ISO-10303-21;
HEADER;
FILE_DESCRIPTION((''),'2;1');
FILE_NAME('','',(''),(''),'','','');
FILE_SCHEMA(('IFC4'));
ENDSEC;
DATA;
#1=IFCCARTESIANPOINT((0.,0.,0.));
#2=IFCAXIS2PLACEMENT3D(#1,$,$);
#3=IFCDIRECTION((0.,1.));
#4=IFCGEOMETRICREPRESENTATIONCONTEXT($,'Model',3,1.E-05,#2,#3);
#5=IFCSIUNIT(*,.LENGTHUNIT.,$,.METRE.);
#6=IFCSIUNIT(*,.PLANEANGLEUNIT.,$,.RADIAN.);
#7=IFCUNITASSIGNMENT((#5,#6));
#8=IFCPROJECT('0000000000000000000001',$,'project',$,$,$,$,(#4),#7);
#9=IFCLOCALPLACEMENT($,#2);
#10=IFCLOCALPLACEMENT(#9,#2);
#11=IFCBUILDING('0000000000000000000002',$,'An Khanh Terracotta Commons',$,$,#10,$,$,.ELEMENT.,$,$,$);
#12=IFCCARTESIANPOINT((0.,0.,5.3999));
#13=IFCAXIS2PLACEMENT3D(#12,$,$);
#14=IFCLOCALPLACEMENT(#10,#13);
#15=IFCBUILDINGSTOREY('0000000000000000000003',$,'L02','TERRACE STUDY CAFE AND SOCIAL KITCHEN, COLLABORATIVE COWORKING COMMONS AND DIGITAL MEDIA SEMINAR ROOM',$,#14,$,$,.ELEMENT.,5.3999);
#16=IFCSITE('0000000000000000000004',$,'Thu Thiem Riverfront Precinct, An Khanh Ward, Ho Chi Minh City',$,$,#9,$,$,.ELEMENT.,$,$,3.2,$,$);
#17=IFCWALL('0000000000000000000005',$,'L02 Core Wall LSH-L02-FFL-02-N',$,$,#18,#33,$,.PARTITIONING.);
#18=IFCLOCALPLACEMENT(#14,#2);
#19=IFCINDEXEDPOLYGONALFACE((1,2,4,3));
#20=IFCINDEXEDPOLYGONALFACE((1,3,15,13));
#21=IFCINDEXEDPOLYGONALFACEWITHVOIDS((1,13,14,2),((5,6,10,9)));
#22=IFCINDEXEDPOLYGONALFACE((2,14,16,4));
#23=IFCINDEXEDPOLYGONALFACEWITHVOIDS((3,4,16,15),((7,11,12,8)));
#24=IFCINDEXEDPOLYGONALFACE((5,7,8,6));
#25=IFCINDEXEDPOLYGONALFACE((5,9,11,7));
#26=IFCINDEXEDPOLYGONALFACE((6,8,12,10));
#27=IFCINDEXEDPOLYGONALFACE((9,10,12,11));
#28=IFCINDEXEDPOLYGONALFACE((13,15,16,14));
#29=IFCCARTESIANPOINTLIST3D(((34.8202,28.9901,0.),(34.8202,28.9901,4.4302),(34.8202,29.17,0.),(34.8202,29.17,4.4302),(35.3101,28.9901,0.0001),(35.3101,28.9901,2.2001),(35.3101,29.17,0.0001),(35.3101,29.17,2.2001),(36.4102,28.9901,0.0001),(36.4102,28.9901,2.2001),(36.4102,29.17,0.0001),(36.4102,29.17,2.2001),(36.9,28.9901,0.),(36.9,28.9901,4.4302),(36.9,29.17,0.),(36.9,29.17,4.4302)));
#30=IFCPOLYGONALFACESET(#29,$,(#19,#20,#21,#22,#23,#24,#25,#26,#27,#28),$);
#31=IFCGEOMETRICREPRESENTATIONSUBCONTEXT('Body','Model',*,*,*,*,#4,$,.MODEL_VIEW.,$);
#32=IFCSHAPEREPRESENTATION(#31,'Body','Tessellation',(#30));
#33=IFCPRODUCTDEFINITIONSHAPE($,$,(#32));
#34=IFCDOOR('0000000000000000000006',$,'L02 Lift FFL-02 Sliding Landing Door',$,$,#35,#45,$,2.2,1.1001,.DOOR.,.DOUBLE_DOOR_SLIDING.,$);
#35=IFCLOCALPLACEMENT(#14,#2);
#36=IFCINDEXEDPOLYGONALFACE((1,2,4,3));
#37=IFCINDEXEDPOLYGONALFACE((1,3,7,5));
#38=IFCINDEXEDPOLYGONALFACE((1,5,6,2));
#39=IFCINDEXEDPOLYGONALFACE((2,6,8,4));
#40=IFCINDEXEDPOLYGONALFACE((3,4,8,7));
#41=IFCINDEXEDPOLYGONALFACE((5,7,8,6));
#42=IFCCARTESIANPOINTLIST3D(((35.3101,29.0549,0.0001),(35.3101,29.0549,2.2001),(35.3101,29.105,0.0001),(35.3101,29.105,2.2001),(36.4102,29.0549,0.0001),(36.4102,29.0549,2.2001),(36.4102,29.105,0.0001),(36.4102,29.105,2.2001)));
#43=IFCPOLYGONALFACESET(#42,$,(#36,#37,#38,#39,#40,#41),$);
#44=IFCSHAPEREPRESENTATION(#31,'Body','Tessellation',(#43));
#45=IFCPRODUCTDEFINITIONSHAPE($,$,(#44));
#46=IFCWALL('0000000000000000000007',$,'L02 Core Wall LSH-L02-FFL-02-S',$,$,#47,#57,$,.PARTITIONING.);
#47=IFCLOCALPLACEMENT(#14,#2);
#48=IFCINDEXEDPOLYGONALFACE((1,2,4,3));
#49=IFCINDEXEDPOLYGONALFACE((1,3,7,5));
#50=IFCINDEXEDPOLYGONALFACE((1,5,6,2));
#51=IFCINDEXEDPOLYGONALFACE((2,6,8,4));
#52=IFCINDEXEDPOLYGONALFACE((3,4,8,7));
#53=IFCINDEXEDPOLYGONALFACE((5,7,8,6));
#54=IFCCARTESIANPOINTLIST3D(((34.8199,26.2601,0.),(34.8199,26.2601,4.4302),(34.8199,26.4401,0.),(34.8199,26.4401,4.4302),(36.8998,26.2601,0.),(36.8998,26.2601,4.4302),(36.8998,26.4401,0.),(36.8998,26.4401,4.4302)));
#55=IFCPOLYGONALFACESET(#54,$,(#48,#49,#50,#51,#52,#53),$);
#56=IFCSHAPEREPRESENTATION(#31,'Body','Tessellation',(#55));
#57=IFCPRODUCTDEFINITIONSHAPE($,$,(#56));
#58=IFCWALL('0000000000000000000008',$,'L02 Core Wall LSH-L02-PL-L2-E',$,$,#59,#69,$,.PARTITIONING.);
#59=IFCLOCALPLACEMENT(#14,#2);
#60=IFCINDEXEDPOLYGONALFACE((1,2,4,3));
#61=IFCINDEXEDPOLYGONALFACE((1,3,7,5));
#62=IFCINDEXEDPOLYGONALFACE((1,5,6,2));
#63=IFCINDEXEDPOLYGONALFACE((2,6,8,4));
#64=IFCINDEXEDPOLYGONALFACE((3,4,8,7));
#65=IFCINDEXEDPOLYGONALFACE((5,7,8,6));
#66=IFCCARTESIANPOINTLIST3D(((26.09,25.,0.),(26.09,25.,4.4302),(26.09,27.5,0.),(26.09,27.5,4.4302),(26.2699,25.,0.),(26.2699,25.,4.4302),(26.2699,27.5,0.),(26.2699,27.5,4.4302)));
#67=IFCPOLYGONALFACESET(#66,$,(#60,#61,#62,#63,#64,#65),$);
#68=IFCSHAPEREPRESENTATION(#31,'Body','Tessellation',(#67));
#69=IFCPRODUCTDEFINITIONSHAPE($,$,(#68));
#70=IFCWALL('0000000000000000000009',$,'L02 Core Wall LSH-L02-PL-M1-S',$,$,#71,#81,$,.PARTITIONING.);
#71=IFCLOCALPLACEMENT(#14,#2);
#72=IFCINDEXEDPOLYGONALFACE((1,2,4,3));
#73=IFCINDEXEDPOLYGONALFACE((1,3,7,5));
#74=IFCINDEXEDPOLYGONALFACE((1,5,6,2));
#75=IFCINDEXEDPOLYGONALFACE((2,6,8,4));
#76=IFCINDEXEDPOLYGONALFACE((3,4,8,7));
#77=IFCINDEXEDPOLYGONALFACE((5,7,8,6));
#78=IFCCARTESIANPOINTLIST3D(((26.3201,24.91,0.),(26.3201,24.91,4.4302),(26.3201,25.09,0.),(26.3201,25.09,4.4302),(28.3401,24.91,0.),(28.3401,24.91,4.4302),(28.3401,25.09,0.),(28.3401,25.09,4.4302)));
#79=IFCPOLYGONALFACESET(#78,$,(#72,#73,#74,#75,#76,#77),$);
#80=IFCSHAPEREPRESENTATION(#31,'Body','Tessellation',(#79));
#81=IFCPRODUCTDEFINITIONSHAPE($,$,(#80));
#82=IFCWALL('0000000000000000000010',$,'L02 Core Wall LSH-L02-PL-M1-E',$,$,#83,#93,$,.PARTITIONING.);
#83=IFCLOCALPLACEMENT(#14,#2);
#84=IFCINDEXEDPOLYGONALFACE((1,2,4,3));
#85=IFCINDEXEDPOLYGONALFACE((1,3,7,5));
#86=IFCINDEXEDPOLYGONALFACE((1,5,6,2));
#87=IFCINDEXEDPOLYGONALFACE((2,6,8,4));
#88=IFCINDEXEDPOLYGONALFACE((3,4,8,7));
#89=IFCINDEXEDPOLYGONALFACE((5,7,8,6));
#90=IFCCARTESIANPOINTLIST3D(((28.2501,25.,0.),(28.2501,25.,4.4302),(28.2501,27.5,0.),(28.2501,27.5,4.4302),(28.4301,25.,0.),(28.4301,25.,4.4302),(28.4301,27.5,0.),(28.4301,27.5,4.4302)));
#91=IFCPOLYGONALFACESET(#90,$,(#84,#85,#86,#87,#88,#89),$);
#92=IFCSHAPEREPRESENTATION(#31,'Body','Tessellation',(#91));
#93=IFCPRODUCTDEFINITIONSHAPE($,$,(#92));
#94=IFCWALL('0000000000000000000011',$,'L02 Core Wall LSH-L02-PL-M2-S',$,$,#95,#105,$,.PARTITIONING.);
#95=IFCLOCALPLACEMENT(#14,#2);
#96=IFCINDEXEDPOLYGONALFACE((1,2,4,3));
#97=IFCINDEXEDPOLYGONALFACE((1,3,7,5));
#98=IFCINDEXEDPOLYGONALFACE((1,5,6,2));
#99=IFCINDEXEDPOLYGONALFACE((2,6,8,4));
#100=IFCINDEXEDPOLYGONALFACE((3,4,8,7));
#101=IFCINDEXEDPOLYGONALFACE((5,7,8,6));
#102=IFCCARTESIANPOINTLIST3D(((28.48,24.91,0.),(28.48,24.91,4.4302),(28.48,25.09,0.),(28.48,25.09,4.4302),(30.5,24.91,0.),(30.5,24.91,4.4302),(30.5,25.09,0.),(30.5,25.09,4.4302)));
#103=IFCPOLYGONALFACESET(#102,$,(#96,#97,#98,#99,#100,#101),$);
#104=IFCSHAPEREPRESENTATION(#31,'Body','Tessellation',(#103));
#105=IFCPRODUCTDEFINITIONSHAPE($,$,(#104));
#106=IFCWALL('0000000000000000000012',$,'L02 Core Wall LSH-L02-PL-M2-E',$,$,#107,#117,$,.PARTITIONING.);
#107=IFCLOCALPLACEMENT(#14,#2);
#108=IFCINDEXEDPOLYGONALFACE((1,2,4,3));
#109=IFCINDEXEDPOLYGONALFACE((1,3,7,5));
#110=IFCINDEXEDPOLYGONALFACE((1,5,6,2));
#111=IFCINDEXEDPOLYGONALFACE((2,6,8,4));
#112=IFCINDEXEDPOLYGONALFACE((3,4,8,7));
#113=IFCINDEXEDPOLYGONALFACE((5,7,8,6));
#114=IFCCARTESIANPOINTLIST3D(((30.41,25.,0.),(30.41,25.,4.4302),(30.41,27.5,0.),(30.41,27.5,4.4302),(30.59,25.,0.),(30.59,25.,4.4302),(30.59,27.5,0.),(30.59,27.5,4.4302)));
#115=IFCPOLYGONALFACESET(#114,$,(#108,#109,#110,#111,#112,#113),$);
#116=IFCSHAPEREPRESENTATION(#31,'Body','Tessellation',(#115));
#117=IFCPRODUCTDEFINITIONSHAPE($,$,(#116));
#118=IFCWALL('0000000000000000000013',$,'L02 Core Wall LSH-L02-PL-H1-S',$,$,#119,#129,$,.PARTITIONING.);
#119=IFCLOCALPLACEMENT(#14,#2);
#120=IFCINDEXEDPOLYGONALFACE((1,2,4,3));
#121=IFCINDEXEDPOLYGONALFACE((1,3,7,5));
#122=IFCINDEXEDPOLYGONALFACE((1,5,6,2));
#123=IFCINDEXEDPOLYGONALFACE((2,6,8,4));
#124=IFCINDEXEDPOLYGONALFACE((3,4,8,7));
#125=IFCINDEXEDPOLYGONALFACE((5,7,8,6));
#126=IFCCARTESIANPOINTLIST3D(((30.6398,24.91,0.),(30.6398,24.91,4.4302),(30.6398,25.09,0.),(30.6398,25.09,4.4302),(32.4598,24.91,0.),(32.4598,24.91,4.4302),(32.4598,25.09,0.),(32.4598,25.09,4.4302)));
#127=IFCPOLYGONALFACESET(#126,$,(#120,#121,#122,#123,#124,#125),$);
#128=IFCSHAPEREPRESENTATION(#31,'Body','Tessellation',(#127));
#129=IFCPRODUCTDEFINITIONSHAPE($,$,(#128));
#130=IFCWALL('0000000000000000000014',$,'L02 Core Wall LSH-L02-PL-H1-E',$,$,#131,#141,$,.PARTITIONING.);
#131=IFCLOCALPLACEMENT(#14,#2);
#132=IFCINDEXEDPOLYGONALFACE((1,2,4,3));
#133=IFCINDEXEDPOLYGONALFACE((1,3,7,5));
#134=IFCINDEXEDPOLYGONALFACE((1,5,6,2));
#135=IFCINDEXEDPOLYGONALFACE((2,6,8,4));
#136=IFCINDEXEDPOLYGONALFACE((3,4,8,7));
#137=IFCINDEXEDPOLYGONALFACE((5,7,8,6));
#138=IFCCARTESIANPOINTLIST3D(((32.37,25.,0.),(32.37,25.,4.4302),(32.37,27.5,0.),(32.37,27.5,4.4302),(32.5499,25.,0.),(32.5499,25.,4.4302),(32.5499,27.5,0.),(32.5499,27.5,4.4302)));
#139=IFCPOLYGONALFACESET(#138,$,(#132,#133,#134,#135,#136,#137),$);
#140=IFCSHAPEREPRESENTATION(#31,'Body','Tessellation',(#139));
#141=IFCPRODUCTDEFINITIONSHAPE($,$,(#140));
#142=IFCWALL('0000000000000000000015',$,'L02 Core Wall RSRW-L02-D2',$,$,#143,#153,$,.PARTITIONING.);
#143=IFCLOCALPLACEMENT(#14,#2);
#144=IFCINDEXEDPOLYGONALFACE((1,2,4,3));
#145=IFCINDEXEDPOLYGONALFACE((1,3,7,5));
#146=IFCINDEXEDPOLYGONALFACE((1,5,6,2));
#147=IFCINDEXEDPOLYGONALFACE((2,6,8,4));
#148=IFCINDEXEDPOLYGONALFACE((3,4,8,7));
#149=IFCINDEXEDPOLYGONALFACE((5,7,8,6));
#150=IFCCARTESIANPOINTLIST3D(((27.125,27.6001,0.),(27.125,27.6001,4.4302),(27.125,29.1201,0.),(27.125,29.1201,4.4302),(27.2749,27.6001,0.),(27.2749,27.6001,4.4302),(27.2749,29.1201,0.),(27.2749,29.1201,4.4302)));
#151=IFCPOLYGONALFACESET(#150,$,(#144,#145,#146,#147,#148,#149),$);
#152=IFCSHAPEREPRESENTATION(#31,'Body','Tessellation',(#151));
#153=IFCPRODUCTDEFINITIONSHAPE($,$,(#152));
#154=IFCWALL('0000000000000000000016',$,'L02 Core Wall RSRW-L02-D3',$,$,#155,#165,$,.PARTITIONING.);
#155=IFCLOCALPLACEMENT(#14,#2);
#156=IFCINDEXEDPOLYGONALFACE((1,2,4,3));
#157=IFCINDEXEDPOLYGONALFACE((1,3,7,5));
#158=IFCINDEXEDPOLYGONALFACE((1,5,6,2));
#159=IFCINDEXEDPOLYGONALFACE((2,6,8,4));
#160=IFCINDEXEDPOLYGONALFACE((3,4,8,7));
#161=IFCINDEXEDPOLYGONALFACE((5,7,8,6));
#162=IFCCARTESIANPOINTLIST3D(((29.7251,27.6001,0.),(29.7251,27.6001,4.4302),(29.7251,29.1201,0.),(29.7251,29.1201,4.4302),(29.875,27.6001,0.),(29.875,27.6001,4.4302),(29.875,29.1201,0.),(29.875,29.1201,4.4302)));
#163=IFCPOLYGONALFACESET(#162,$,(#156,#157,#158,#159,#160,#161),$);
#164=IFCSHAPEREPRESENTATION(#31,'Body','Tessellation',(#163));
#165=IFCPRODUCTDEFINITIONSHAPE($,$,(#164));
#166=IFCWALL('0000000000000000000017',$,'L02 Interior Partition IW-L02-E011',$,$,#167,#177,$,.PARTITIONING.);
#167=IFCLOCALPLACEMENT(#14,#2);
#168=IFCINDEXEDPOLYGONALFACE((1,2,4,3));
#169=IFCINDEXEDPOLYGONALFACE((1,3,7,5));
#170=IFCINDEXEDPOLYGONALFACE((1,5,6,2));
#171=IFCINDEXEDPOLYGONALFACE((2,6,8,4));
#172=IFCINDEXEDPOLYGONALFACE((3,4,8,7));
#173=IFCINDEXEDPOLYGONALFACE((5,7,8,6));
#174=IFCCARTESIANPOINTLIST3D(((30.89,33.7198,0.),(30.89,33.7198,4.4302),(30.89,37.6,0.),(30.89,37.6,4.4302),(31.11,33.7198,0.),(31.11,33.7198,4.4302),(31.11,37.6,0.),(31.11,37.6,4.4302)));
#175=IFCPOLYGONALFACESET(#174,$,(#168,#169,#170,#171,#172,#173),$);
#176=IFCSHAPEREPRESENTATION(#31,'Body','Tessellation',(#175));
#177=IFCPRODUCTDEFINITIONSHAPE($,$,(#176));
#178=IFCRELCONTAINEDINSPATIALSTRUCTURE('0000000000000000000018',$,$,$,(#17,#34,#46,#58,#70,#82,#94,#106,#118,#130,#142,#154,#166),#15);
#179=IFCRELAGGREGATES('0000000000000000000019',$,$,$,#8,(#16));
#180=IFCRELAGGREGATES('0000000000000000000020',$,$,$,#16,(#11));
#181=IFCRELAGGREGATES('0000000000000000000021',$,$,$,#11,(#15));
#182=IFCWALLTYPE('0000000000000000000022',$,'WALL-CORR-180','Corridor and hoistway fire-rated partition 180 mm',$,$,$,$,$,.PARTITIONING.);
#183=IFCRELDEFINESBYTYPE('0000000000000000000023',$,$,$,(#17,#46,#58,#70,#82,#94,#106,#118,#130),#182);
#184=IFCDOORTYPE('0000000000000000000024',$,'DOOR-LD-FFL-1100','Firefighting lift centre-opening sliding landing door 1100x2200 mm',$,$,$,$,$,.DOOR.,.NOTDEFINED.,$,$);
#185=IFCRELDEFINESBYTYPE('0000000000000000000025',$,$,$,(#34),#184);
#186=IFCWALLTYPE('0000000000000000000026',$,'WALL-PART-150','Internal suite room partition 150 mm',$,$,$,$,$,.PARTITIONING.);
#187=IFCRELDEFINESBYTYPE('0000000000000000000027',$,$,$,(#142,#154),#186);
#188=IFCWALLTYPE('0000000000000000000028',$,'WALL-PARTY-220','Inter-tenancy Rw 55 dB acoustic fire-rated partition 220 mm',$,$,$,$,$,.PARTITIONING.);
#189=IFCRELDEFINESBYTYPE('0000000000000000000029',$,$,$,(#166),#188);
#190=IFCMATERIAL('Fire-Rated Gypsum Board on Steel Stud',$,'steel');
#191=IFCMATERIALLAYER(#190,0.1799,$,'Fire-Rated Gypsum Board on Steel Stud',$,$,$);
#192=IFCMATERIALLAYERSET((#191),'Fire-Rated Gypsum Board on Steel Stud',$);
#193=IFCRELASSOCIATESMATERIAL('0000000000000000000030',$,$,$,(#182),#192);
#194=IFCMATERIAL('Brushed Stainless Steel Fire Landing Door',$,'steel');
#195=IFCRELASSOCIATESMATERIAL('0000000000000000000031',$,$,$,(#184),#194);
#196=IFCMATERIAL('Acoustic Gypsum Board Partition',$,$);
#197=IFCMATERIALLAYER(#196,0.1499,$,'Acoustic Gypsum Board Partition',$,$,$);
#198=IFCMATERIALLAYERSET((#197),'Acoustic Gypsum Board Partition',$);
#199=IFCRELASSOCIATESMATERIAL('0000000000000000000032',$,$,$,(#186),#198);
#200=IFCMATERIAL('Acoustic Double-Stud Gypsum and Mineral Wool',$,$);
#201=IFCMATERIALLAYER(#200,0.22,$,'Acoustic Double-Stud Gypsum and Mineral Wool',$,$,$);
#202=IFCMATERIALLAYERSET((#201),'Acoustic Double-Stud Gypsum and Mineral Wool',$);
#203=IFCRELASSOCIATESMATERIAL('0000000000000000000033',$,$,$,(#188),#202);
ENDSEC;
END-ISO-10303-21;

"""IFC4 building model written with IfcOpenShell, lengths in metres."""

from ifc_helpers import new_model, si_unit, direction, frame, frame_2d, origin, place, context, subcontext, project, spatial, rectangle, extrude, material, layer, layer_set, type_object, element, fill, save


model = new_model("IFC4")

# Units and contexts
model_context = context("Model", 3, precision=1e-05, world=origin(), true_north=direction((0.0, 1.0)))
body_context = subcontext(model_context, "Body", "Model", "MODEL_VIEW")
ifc_project = project(units=[si_unit("LENGTHUNIT", "METRE"), si_unit("PLANEANGLEUNIT", "RADIAN")], contexts=[model_context])

# Site, building, storey
site_placement = place(None, origin())
site = spatial("IfcSite", under=ifc_project, at=site_placement, Name="Thu Thiem Riverfront Precinct, An Khanh Ward, Ho Chi Minh City", CompositionType="ELEMENT", RefElevation=3.2)
building_placement = place(site_placement, origin())
building = spatial("IfcBuilding", under=site, at=building_placement, Name="An Khanh Terracotta Commons", CompositionType="ELEMENT")
storey_placement = place(building_placement, frame((0.0, 0.0, 5.3999)))
storey = spatial("IfcBuildingStorey", under=building, at=storey_placement, Name="L02", Description="TERRACE STUDY CAFE AND SOCIAL KITCHEN, COLLABORATIVE COWORKING COMMONS AND DIGITAL MEDIA SEMINAR ROOM", CompositionType="ELEMENT", Elevation=5.3999)

# Shared definitions
ifc_material_1 = material(Name="Fire-Rated Gypsum Board on Steel Stud", Category="steel")
ifc_layer_1 = layer(ifc_material_1, 0.1799, Name="Fire-Rated Gypsum Board on Steel Stud")
ifc_layer_set_1 = layer_set([ifc_layer_1], Name="Fire-Rated Gypsum Board on Steel Stud")
wall_type_1 = type_object("IfcWallType", Name="WALL-CORR-180", Description="Corridor and hoistway fire-rated partition 180 mm", PredefinedType="PARTITIONING", material=ifc_layer_set_1)

# Shared definitions
ifc_material_2 = material(Name="Brushed Stainless Steel Fire Landing Door", Category="steel")
door_type_1 = type_object("IfcDoorType", Name="DOOR-LD-FFL-1100", Description="Firefighting lift centre-opening sliding landing door 1100x2200 mm", OperationType="NOTDEFINED", PredefinedType="DOOR", material=ifc_material_2)

# Wall, opening, door
wall_1_placement = place(storey_placement, frame((34.8201, 29.0801, 0.0), z_axis=(0.0, 0.0, 1.0), x_axis=(1.0, 0.0, 0.0)))
wall_1 = element("IfcWall", 1, at=wall_1_placement, inside=storey, type_object=wall_type_1, Name="L02 Core Wall LSH-L02-FFL-02-N", PredefinedType="PARTITIONING", context=body_context, shape_type="SweptSolid", body=[
    extrude(rectangle(XDim=2.0798, YDim=0.1799, at=frame_2d((1.04, 0.0))), origin(), (0.0, 0.0, 1.0), 4.4302),
])
opening_1_placement = place(wall_1_placement, frame((0.49, 0.0, 0.0)))
opening_1 = element("IfcOpeningElement", 2, at=opening_1_placement, cuts=wall_1, PredefinedType="OPENING", context=body_context, shape_type="SweptSolid", body=[
    extrude(rectangle(XDim=1.1001, YDim=2.2, at=frame_2d((0.55, 1.1001))), frame((0.0, 0.0999, 0.0), z_axis=(0.0, -1.0, 0.0), x_axis=(1.0, 0.0, 0.0)), (0.0, 0.0, 1.0), 0.2),
])
door_1_placement = place(opening_1_placement, origin())
door_1 = element("IfcDoor", 3, at=door_1_placement, inside=storey, type_object=door_type_1, Name="L02 Lift FFL-02 Sliding Landing Door", OperationType="DOUBLE_DOOR_SLIDING", OverallHeight=2.2, OverallWidth=1.1001, PredefinedType="DOOR", context=body_context, shape_type="SweptSolid", body=[
    extrude(rectangle(XDim=1.1001, YDim=2.2, at=frame_2d((0.55, 1.1001))), frame((0.0, 0.0249, 0.0), z_axis=(0.0, -1.0, 0.0), x_axis=(1.0, 0.0, 0.0)), (0.0, 0.0, 1.0), 0.05),
])
fill(opening_1, door_1)

# Walls
wall_2_placement = place(storey_placement, frame((36.8999, 26.3501, 0.0), z_axis=(0.0, 0.0, 1.0), x_axis=(-1.0, 0.0, 0.0)))
element("IfcWall", 4, at=wall_2_placement, inside=storey, type_object=wall_type_1, Name="L02 Core Wall LSH-L02-FFL-02-S", PredefinedType="PARTITIONING", context=body_context, shape_type="SweptSolid", body=[
    extrude(rectangle(XDim=2.0798, YDim=0.1799, at=frame_2d((1.04, 0.0))), origin(), (0.0, 0.0, 1.0), 4.4302),
])
wall_3_placement = place(storey_placement, frame((26.1799, 25.0, 0.0), z_axis=(0.0, 0.0, 1.0), x_axis=(0.0, 1.0, 0.0)))
element("IfcWall", 5, at=wall_3_placement, inside=storey, type_object=wall_type_1, Name="L02 Core Wall LSH-L02-PL-L2-E", PredefinedType="PARTITIONING", context=body_context, shape_type="SweptSolid", body=[
    extrude(rectangle(XDim=2.5, YDim=0.1799, at=frame_2d((1.25, 0.0))), origin(), (0.0, 0.0, 1.0), 4.4302),
])
wall_4_placement = place(storey_placement, frame((28.3401, 25.0, 0.0), z_axis=(0.0, 0.0, 1.0), x_axis=(-1.0, 0.0, 0.0)))
element("IfcWall", 6, at=wall_4_placement, inside=storey, type_object=wall_type_1, Name="L02 Core Wall LSH-L02-PL-M1-S", PredefinedType="PARTITIONING", context=body_context, shape_type="SweptSolid", body=[
    extrude(rectangle(XDim=2.02, YDim=0.1799, at=frame_2d((1.01, 0.0))), origin(), (0.0, 0.0, 1.0), 4.4302),
])
wall_5_placement = place(storey_placement, frame((28.3401, 25.0, 0.0), z_axis=(0.0, 0.0, 1.0), x_axis=(0.0, 1.0, 0.0)))
element("IfcWall", 7, at=wall_5_placement, inside=storey, type_object=wall_type_1, Name="L02 Core Wall LSH-L02-PL-M1-E", PredefinedType="PARTITIONING", context=body_context, shape_type="SweptSolid", body=[
    extrude(rectangle(XDim=2.5, YDim=0.1799, at=frame_2d((1.25, 0.0))), origin(), (0.0, 0.0, 1.0), 4.4302),
])
wall_6_placement = place(storey_placement, frame((30.5, 25.0, 0.0), z_axis=(0.0, 0.0, 1.0), x_axis=(-1.0, 0.0, 0.0)))
element("IfcWall", 8, at=wall_6_placement, inside=storey, type_object=wall_type_1, Name="L02 Core Wall LSH-L02-PL-M2-S", PredefinedType="PARTITIONING", context=body_context, shape_type="SweptSolid", body=[
    extrude(rectangle(XDim=2.02, YDim=0.1799, at=frame_2d((1.01, 0.0))), origin(), (0.0, 0.0, 1.0), 4.4302),
])
wall_7_placement = place(storey_placement, frame((30.5, 25.0, 0.0), z_axis=(0.0, 0.0, 1.0), x_axis=(0.0, 1.0, 0.0)))
element("IfcWall", 9, at=wall_7_placement, inside=storey, type_object=wall_type_1, Name="L02 Core Wall LSH-L02-PL-M2-E", PredefinedType="PARTITIONING", context=body_context, shape_type="SweptSolid", body=[
    extrude(rectangle(XDim=2.5, YDim=0.1799, at=frame_2d((1.25, 0.0))), origin(), (0.0, 0.0, 1.0), 4.4302),
])
wall_8_placement = place(storey_placement, frame((32.46, 25.0, 0.0), z_axis=(0.0, 0.0, 1.0), x_axis=(-1.0, 0.0, 0.0)))
element("IfcWall", 10, at=wall_8_placement, inside=storey, type_object=wall_type_1, Name="L02 Core Wall LSH-L02-PL-H1-S", PredefinedType="PARTITIONING", context=body_context, shape_type="SweptSolid", body=[
    extrude(rectangle(XDim=1.8201, YDim=0.1799, at=frame_2d((0.9102, 0.0))), origin(), (0.0, 0.0, 1.0), 4.4302),
])
wall_9_placement = place(storey_placement, frame((32.46, 25.0, 0.0), z_axis=(0.0, 0.0, 1.0), x_axis=(0.0, 1.0, 0.0)))
element("IfcWall", 11, at=wall_9_placement, inside=storey, type_object=wall_type_1, Name="L02 Core Wall LSH-L02-PL-H1-E", PredefinedType="PARTITIONING", context=body_context, shape_type="SweptSolid", body=[
    extrude(rectangle(XDim=2.5, YDim=0.1799, at=frame_2d((1.25, 0.0))), origin(), (0.0, 0.0, 1.0), 4.4302),
])
ifc_material_3 = material(Name="Acoustic Gypsum Board Partition")
ifc_layer_2 = layer(ifc_material_3, 0.1499, Name="Acoustic Gypsum Board Partition")
ifc_layer_set_2 = layer_set([ifc_layer_2], Name="Acoustic Gypsum Board Partition")
wall_type_2 = type_object("IfcWallType", Name="WALL-PART-150", Description="Internal suite room partition 150 mm", PredefinedType="PARTITIONING", material=ifc_layer_set_2)
for number, where, z_axis, x_axis, name in (
    (12, (27.2, 27.6001, 0.0), (0.0, 0.0, 1.0), (0.0, 1.0, 0.0), "L02 Core Wall RSRW-L02-D2"),
    (13, (29.8, 27.6001, 0.0), (0.0, 0.0, 1.0), (0.0, 1.0, 0.0), "L02 Core Wall RSRW-L02-D3"),
):
    element("IfcWall", number, at=place(storey_placement, frame(where, z_axis=z_axis, x_axis=x_axis)), inside=storey, type_object=wall_type_2, Name=name, PredefinedType="PARTITIONING", context=body_context, shape_type="SweptSolid", body=[
        extrude(rectangle(XDim=1.52, YDim=0.1499, at=frame_2d((0.76, 0.0))), origin(), (0.0, 0.0, 1.0), 4.4302),
    ])
ifc_material_4 = material(Name="Acoustic Double-Stud Gypsum and Mineral Wool")
ifc_layer_3 = layer(ifc_material_4, 0.22, Name="Acoustic Double-Stud Gypsum and Mineral Wool")
ifc_layer_set_3 = layer_set([ifc_layer_3], Name="Acoustic Double-Stud Gypsum and Mineral Wool")
wall_type_3 = type_object("IfcWallType", Name="WALL-PARTY-220", Description="Inter-tenancy Rw 55 dB acoustic fire-rated partition 220 mm", PredefinedType="PARTITIONING", material=ifc_layer_set_3)
wall_10_placement = place(storey_placement, frame((31.0, 33.72, 0.0), z_axis=(0.0, 0.0, 1.0), x_axis=(0.0, 1.0, 0.0)))
element("IfcWall", 14, at=wall_10_placement, inside=storey, type_object=wall_type_3, Name="L02 Interior Partition IW-L02-E011", PredefinedType="PARTITIONING", context=body_context, shape_type="SweptSolid", body=[
    extrude(rectangle(XDim=3.8801, YDim=0.22, at=frame_2d((1.9399, 0.0))), origin(), (0.0, 0.0, 1.0), 4.4302),
])

save(model, "model.ifc")
